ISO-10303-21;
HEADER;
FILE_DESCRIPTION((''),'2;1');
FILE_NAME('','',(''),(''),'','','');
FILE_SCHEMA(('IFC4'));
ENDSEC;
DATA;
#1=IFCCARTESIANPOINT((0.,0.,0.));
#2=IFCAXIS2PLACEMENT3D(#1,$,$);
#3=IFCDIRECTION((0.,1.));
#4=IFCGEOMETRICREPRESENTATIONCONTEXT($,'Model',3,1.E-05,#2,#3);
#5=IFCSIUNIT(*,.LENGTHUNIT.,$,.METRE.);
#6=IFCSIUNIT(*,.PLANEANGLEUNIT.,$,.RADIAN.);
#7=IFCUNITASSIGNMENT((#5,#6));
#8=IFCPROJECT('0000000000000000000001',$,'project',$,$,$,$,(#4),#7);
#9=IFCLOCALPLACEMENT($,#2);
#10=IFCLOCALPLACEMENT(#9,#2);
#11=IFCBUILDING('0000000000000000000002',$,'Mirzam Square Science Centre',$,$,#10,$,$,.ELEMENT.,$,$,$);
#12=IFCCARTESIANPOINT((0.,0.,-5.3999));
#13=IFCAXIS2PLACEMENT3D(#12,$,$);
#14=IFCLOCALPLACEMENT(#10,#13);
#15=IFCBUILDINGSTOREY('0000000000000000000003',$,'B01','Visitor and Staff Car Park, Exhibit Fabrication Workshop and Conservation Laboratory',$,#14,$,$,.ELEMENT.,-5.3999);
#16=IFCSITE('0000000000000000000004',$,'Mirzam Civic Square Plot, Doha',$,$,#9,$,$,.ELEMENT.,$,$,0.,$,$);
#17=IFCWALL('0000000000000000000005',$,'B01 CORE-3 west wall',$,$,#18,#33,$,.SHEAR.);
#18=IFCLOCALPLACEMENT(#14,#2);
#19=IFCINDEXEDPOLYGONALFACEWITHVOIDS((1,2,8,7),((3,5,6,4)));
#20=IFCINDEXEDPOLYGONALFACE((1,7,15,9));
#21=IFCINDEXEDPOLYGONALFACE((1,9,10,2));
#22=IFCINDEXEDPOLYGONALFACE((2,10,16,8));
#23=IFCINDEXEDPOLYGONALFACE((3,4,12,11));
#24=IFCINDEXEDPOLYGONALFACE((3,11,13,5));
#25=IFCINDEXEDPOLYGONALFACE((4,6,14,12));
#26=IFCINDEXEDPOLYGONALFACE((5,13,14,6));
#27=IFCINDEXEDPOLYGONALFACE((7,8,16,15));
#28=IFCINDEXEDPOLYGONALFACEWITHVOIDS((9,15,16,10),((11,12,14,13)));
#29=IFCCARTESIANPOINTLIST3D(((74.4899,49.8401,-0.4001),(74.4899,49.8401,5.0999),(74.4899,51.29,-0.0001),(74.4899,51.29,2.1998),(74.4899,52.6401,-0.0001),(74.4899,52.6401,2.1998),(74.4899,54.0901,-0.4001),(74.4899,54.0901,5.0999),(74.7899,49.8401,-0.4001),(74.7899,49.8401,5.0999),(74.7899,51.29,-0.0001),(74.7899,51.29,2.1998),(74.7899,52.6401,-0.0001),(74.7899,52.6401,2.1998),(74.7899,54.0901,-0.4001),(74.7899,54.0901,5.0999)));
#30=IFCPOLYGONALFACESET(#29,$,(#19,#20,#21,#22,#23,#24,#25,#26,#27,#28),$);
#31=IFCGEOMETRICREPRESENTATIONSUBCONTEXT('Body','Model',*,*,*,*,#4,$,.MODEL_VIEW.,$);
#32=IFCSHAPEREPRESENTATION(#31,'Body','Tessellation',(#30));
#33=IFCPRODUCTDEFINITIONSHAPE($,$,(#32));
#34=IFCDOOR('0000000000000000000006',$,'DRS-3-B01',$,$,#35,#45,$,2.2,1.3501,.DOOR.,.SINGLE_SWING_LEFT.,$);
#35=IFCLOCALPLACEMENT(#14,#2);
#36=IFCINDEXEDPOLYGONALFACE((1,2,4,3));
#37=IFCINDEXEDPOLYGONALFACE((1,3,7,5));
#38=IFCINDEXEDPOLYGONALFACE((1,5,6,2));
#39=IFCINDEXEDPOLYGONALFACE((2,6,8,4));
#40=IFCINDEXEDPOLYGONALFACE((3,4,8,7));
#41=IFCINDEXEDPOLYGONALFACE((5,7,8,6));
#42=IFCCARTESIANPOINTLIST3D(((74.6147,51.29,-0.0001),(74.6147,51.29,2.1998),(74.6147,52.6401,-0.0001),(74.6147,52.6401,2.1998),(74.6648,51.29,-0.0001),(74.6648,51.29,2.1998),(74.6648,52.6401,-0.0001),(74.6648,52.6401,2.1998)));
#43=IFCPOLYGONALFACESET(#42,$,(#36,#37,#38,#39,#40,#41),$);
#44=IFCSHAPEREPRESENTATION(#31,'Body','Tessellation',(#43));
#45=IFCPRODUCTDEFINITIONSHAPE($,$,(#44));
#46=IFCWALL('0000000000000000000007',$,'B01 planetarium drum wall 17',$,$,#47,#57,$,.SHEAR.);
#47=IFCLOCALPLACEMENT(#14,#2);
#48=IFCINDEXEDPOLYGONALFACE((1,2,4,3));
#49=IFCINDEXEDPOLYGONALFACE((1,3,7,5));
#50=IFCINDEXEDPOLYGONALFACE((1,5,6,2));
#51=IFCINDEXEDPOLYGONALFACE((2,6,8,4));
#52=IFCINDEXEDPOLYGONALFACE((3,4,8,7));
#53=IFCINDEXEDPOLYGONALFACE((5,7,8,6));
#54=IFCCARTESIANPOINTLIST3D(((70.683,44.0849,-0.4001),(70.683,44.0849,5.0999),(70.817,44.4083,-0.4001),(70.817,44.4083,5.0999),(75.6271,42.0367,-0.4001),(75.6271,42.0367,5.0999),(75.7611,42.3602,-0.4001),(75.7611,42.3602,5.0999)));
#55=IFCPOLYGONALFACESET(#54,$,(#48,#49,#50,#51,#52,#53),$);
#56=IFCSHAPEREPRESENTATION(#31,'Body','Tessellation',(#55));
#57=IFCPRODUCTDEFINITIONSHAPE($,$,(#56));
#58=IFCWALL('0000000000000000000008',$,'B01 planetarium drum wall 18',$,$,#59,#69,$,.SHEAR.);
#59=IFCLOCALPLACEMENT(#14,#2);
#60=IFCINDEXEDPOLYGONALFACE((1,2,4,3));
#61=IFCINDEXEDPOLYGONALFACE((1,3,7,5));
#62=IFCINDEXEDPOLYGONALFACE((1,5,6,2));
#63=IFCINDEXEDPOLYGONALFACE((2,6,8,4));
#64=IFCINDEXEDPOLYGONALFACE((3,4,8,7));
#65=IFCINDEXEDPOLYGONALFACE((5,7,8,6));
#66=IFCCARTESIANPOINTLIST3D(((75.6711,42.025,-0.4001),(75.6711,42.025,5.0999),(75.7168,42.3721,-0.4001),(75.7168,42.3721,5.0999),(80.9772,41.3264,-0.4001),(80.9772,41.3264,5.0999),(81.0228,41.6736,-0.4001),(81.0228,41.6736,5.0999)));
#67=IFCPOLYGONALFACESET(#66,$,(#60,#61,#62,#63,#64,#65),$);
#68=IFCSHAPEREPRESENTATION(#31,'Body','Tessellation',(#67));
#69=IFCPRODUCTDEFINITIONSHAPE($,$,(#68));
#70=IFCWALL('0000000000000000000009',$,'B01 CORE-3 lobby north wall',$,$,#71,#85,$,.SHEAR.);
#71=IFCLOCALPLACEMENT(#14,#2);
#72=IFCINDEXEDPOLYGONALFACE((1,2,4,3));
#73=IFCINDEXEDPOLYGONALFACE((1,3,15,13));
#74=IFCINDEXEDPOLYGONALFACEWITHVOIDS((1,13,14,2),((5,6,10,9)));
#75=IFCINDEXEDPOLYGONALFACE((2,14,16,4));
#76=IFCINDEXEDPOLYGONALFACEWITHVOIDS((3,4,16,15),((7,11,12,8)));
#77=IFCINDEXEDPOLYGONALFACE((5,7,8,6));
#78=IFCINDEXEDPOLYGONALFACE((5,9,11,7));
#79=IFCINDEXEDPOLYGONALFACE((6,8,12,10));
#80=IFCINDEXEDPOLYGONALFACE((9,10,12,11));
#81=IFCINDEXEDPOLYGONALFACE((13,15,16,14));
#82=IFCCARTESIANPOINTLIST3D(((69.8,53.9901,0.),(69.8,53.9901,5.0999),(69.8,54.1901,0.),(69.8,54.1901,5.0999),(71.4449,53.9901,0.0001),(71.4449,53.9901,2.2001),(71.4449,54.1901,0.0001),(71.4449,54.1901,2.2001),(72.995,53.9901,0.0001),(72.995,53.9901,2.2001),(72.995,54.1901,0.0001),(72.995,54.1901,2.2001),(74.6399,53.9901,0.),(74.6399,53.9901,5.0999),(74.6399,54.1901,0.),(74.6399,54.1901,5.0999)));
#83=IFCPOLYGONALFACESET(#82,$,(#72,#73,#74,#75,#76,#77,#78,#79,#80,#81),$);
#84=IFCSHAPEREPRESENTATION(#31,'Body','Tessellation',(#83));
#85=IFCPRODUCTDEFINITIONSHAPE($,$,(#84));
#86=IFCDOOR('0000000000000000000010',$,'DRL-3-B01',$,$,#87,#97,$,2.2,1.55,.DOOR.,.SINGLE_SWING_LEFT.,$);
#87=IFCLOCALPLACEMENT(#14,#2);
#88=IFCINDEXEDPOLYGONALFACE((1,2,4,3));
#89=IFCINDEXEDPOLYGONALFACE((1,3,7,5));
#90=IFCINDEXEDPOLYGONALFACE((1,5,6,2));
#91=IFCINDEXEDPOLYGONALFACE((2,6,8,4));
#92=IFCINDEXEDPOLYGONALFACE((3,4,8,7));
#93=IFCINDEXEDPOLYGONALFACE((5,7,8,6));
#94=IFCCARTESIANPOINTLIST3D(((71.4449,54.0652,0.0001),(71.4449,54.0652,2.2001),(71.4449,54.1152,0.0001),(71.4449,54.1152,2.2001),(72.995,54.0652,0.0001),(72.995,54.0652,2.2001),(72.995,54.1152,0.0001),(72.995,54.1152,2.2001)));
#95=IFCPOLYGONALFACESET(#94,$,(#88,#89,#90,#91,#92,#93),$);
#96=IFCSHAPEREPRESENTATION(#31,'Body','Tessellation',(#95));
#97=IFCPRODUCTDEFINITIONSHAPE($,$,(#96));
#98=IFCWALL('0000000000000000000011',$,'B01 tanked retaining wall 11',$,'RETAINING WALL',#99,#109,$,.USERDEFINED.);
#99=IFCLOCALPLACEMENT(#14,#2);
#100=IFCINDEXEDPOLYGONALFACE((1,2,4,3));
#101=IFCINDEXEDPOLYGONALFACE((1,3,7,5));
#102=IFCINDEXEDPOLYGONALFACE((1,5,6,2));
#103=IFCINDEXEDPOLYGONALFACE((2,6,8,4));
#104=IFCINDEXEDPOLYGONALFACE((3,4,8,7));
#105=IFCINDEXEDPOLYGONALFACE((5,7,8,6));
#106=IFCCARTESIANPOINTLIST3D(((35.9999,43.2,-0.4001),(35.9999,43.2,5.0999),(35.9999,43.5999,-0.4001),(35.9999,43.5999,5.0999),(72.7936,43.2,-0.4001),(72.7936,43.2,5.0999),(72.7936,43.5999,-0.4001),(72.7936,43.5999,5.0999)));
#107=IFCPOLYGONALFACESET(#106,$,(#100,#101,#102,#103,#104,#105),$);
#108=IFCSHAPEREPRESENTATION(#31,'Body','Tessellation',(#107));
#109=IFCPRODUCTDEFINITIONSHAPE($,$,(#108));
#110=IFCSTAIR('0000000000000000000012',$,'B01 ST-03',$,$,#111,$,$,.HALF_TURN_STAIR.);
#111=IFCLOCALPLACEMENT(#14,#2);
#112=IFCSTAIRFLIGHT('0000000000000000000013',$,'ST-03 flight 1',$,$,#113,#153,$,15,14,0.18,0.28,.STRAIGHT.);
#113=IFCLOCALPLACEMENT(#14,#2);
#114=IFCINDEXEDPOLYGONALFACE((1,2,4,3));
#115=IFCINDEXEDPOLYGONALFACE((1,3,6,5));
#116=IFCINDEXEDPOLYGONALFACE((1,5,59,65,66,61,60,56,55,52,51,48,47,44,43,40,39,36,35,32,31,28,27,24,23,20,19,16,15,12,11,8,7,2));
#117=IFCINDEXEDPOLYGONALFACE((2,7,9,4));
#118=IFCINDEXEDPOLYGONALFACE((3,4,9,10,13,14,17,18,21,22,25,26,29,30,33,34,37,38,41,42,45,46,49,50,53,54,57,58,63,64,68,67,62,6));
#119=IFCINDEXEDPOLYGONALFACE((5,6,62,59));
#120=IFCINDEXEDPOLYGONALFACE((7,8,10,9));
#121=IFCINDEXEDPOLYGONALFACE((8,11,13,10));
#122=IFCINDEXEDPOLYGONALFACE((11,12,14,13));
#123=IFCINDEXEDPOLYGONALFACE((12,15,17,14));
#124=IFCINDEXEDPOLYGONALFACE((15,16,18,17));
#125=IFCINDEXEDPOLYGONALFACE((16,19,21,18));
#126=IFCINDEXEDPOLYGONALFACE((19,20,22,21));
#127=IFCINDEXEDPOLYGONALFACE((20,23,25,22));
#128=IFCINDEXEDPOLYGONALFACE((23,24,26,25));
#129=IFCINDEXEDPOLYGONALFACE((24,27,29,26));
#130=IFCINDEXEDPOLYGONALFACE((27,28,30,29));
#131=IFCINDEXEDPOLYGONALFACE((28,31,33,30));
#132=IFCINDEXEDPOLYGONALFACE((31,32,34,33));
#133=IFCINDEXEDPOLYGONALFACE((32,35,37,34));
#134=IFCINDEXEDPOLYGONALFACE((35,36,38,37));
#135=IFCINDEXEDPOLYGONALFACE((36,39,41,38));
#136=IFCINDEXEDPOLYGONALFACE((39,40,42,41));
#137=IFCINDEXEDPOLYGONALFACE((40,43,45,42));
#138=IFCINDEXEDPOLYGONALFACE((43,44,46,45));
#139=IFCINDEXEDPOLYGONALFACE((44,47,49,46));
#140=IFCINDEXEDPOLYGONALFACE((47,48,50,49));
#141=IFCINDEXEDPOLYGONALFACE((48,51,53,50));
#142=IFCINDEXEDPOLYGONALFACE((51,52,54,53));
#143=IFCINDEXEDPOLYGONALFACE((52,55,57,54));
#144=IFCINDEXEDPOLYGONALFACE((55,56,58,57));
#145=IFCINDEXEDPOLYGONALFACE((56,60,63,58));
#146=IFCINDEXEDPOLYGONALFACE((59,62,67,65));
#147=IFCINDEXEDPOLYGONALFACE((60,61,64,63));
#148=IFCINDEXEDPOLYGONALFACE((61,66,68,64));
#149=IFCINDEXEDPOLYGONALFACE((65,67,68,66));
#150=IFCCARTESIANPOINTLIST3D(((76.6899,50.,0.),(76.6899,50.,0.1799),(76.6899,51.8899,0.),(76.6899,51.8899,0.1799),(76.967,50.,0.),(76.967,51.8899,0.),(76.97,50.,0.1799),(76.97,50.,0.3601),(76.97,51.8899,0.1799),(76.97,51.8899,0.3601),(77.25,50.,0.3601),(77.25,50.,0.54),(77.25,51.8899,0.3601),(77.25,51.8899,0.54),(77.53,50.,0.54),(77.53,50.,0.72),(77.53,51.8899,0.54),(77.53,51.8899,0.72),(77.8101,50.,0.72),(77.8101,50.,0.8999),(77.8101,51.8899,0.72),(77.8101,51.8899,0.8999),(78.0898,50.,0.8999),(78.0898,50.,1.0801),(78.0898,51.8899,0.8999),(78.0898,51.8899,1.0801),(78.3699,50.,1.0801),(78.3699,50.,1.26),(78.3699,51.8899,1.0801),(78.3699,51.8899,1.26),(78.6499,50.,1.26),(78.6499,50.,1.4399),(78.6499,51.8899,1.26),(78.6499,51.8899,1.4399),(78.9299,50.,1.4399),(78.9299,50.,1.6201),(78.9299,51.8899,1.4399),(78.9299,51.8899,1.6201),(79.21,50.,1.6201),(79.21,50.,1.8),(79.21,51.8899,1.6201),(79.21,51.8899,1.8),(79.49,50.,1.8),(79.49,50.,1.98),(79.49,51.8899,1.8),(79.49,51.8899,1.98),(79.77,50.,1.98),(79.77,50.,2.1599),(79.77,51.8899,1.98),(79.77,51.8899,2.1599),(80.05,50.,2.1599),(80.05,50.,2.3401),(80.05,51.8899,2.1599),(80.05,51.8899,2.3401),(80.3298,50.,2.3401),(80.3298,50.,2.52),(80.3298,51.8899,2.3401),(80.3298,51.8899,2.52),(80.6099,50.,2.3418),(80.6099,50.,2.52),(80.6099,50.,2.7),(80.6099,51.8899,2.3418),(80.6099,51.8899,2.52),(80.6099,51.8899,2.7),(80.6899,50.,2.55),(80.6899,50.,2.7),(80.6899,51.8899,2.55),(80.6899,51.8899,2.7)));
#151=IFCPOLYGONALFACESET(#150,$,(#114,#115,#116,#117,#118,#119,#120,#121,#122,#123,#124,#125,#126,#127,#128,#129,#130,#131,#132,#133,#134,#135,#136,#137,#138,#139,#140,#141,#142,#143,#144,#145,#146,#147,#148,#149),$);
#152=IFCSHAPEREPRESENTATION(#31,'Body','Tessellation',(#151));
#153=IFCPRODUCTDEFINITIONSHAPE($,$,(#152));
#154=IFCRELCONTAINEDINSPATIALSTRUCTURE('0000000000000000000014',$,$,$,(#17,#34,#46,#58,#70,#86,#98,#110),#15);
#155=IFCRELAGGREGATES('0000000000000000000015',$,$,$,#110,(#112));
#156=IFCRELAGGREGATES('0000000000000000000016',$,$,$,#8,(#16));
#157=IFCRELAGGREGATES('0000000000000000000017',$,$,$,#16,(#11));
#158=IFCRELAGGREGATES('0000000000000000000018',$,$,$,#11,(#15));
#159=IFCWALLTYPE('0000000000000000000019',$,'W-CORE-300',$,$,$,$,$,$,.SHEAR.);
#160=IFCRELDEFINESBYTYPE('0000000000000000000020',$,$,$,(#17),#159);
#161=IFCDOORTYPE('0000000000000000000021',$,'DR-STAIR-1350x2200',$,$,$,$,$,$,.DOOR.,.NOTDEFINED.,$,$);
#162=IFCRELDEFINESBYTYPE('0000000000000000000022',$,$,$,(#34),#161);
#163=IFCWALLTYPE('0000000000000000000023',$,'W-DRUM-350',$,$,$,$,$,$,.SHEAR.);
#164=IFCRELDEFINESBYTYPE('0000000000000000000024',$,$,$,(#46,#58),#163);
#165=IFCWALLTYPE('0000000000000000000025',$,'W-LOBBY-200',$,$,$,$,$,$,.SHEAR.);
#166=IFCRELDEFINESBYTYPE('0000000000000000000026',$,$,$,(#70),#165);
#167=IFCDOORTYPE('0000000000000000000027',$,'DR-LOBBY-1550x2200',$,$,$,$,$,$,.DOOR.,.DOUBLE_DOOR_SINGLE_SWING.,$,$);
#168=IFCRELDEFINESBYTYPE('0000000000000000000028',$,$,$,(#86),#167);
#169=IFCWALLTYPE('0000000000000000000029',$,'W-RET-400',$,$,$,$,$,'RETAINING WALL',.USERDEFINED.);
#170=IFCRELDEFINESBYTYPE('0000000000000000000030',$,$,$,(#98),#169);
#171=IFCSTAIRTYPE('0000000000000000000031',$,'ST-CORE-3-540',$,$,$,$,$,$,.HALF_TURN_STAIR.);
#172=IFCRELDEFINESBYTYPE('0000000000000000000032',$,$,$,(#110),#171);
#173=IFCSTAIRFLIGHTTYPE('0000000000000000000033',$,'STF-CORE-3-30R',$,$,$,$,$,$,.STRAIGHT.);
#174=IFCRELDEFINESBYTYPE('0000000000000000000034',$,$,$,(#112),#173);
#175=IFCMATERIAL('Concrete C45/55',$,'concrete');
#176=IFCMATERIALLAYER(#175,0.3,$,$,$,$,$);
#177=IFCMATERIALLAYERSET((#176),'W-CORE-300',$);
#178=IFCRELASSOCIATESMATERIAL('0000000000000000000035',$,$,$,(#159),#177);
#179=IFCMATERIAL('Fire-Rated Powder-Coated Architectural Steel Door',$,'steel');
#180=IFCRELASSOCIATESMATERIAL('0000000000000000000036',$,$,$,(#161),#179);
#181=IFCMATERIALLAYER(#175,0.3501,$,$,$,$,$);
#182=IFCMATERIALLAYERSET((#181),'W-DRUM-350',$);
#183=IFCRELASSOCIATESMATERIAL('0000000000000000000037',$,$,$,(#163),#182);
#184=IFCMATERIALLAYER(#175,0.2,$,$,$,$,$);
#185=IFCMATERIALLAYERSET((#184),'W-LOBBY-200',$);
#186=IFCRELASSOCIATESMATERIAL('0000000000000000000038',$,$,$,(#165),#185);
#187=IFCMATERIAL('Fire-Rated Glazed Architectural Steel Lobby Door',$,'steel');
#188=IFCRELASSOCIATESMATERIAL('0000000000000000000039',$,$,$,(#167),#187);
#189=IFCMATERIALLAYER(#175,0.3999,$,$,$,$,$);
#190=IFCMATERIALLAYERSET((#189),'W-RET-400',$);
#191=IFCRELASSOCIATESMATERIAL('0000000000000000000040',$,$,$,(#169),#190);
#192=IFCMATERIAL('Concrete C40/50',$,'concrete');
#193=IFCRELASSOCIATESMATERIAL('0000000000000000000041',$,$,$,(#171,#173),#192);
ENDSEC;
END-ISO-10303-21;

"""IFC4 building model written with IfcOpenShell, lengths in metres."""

from ifc_helpers import new_model, si_unit, direction, frame, frame_2d, origin, place, context, subcontext, project, spatial, polyline, rectangle, outline, extrude, material, layer, layer_set, type_object, element, fill, aggregate, save


model = new_model("IFC4")

# Units and contexts
model_context = context("Model", 3, precision=1e-05, world=origin(), true_north=direction((0.0, 1.0)))
body_context = subcontext(model_context, "Body", "Model", "MODEL_VIEW")
ifc_project = project(units=[si_unit("LENGTHUNIT", "METRE"), si_unit("PLANEANGLEUNIT", "RADIAN")], contexts=[model_context])

# Site, building, storey
site_placement = place(None, origin())
site = spatial("IfcSite", under=ifc_project, at=site_placement, Name="Mirzam Civic Square Plot, Doha", CompositionType="ELEMENT", RefElevation=0.0)
building_placement = place(site_placement, origin())
building = spatial("IfcBuilding", under=site, at=building_placement, Name="Mirzam Square Science Centre", CompositionType="ELEMENT")
storey_placement = place(building_placement, frame((0.0, 0.0, -5.3999)))
storey = spatial("IfcBuildingStorey", under=building, at=storey_placement, Name="B01", Description="Visitor and Staff Car Park, Exhibit Fabrication Workshop and Conservation Laboratory", CompositionType="ELEMENT", Elevation=-5.3999)

# Shared definitions
ifc_material_1 = material(Name="Concrete C45/55", Category="concrete")

# Shared definitions
ifc_layer_1 = layer(ifc_material_1, 0.3)
ifc_layer_set_1 = layer_set([ifc_layer_1], Name="W-CORE-300")
wall_type_1 = type_object("IfcWallType", Name="W-CORE-300", PredefinedType="SHEAR", material=ifc_layer_set_1)

# Wall, opening, door
wall_1_placement = place(storey_placement, frame((74.6399, 54.0901, -0.4001), z_axis=(0.0, 0.0, 1.0), x_axis=(0.0, -1.0, 0.0)))
wall_1 = element("IfcWall", 1, at=wall_1_placement, inside=storey, type_object=wall_type_1, Name="B01 CORE-3 west wall", PredefinedType="SHEAR", context=body_context, shape_type="SweptSolid", body=[
    extrude(rectangle(XDim=4.25, YDim=0.3, at=frame_2d((2.125, 0.0))), origin(), (0.0, 0.0, 1.0), 5.5),
])
opening_1_placement = place(wall_1_placement, frame((1.45, 0.0, 0.3999)))
opening_1 = element("IfcOpeningElement", 2, at=opening_1_placement, cuts=wall_1, PredefinedType="OPENING", context=body_context, shape_type="SweptSolid", body=[
    extrude(rectangle(XDim=1.3501, YDim=2.2, at=frame_2d((0.675, 1.1001))), frame((0.0, 0.1599, 0.0), z_axis=(0.0, -1.0, 0.0), x_axis=(1.0, 0.0, 0.0)), (0.0, 0.0, 1.0), 0.3201),
])
ifc_material_2 = material(Name="Fire-Rated Powder-Coated Architectural Steel Door", Category="steel")
door_type_1 = type_object("IfcDoorType", Name="DR-STAIR-1350x2200", OperationType="NOTDEFINED", PredefinedType="DOOR", material=ifc_material_2)
door_1_placement = place(opening_1_placement, origin())
door_1 = element("IfcDoor", 3, at=door_1_placement, inside=storey, type_object=door_type_1, Name="DRS-3-B01", OperationType="SINGLE_SWING_LEFT", OverallHeight=2.2, OverallWidth=1.3501, PredefinedType="DOOR", context=body_context, shape_type="SweptSolid", body=[
    extrude(rectangle(XDim=1.3501, YDim=2.2, at=frame_2d((0.675, 1.1001))), frame((0.0, 0.0249, 0.0), z_axis=(0.0, -1.0, 0.0), x_axis=(1.0, 0.0, 0.0)), (0.0, 0.0, 1.0), 0.05),
])
fill(opening_1, door_1)

# Walls
ifc_layer_2 = layer(ifc_material_1, 0.3501)
ifc_layer_set_2 = layer_set([ifc_layer_2], Name="W-DRUM-350")
wall_type_2 = type_object("IfcWallType", Name="W-DRUM-350", PredefinedType="SHEAR", material=ifc_layer_set_2)
wall_2_placement = place(storey_placement, frame((70.75, 44.2466, -0.4001), z_axis=(0.0, 0.0, 1.0), x_axis=(0.923867, -0.382713, 0.0)))
element("IfcWall", 4, at=wall_2_placement, inside=storey, type_object=wall_type_2, Name="B01 planetarium drum wall 17", PredefinedType="SHEAR", context=body_context, shape_type="SweptSolid", body=[
    extrude(rectangle(XDim=5.3516, YDim=0.3501, at=frame_2d((2.6758, 0.0))), origin(), (0.0, 0.0, 1.0), 5.5),
])
wall_3_placement = place(storey_placement, frame((75.6941, 42.1985, -0.4001), z_axis=(0.0, 0.0, 1.0), x_axis=(0.991446, -0.130517, 0.0)))
element("IfcWall", 5, at=wall_3_placement, inside=storey, type_object=wall_type_2, Name="B01 planetarium drum wall 18", PredefinedType="SHEAR", context=body_context, shape_type="SweptSolid", body=[
    extrude(rectangle(XDim=5.3518, YDim=0.3501, at=frame_2d((2.6758, 0.0))), origin(), (0.0, 0.0, 1.0), 5.5),
])

# Wall, opening, door
ifc_layer_3 = layer(ifc_material_1, 0.2)
ifc_layer_set_3 = layer_set([ifc_layer_3], Name="W-LOBBY-200")
wall_type_3 = type_object("IfcWallType", Name="W-LOBBY-200", PredefinedType="SHEAR", material=ifc_layer_set_3)
wall_4_placement = place(storey_placement, frame((74.6399, 54.0901, 0.0), z_axis=(0.0, 0.0, 1.0), x_axis=(-1.0, 0.0, 0.0)))
wall_4 = element("IfcWall", 6, at=wall_4_placement, inside=storey, type_object=wall_type_3, Name="B01 CORE-3 lobby north wall", PredefinedType="SHEAR", context=body_context, shape_type="SweptSolid", body=[
    extrude(rectangle(XDim=4.8398, YDim=0.2, at=frame_2d((2.4199, 0.0))), origin(), (0.0, 0.0, 1.0), 5.0999),
])
opening_2_placement = place(wall_4_placement, frame((1.645, 0.0, 0.0)))
opening_2 = element("IfcOpeningElement", 7, at=opening_2_placement, cuts=wall_4, PredefinedType="OPENING", context=body_context, shape_type="SweptSolid", body=[
    extrude(rectangle(XDim=1.55, YDim=2.2, at=frame_2d((0.7749, 1.1001))), frame((0.0, 0.1099, 0.0), z_axis=(0.0, -1.0, 0.0), x_axis=(1.0, 0.0, 0.0)), (0.0, 0.0, 1.0), 0.22),
])
ifc_material_3 = material(Name="Fire-Rated Glazed Architectural Steel Lobby Door", Category="steel")
door_type_2 = type_object("IfcDoorType", Name="DR-LOBBY-1550x2200", OperationType="DOUBLE_DOOR_SINGLE_SWING", PredefinedType="DOOR", material=ifc_material_3)
door_2_placement = place(opening_2_placement, origin())
door_2 = element("IfcDoor", 8, at=door_2_placement, inside=storey, type_object=door_type_2, Name="DRL-3-B01", OperationType="SINGLE_SWING_LEFT", OverallHeight=2.2, OverallWidth=1.55, PredefinedType="DOOR", context=body_context, shape_type="SweptSolid", body=[
    extrude(rectangle(XDim=1.55, YDim=2.2, at=frame_2d((0.7749, 1.1001))), frame((0.0, 0.0249, 0.0), z_axis=(0.0, -1.0, 0.0), x_axis=(1.0, 0.0, 0.0)), (0.0, 0.0, 1.0), 0.05),
])
fill(opening_2, door_2)

# Wall
ifc_layer_4 = layer(ifc_material_1, 0.3999)
ifc_layer_set_4 = layer_set([ifc_layer_4], Name="W-RET-400")
wall_type_4 = type_object("IfcWallType", Name="W-RET-400", ElementType="RETAINING WALL", PredefinedType="USERDEFINED", material=ifc_layer_set_4)
wall_5_placement = place(storey_placement, frame((72.7937, 43.3999, -0.4001), z_axis=(0.0, 0.0, 1.0), x_axis=(-1.0, 0.0, 0.0)))
element("IfcWall", 9, at=wall_5_placement, inside=storey, type_object=wall_type_4, Name="B01 tanked retaining wall 11", ObjectType="RETAINING WALL", PredefinedType="USERDEFINED", context=body_context, shape_type="SweptSolid", body=[
    extrude(rectangle(XDim=36.7937, YDim=0.3999, at=frame_2d((18.397, 0.0))), origin(), (0.0, 0.0, 1.0), 5.5),
])

# Stair, stair flight
ifc_material_4 = material(Name="Concrete C40/50", Category="concrete")
stair_type = type_object("IfcStairType", Name="ST-CORE-3-540", PredefinedType="HALF_TURN_STAIR", material=ifc_material_4)
stair_placement = place(storey_placement, origin())
stair = element("IfcStair", 10, at=stair_placement, inside=storey, type_object=stair_type, Name="B01 ST-03", PredefinedType="HALF_TURN_STAIR")
stair_flight_type = type_object("IfcStairFlightType", Name="STF-CORE-3-30R", PredefinedType="STRAIGHT", material=ifc_material_4)
stair_flight_placement = place(storey_placement, frame((76.6899, 50.9451, 0.0), z_axis=(0.0, 0.0, 1.0), x_axis=(1.0, 0.0, 0.0)))
stair_flight = element("IfcStairFlight", 11, at=stair_flight_placement, type_object=stair_flight_type, Name="ST-03 flight 1", NumberOfRisers=15, NumberOfTreads=14, PredefinedType="STRAIGHT", RiserHeight=0.18, TreadLength=0.28, context=body_context, shape_type="SweptSolid", body=[
    extrude(outline(polyline([(0.0, 0.0), (0.0, 0.1799), (0.28, 0.1799), (0.28, 0.3601), (0.5601, 0.3601), (0.5601, 0.54), (0.8401, 0.54), (0.8401, 0.72), (1.1201, 0.72), (1.1201, 0.8999), (1.3999, 0.8999), (1.3999, 1.0801), (1.6799, 1.0801), (1.6799, 1.26), (1.96, 1.26), (1.96, 1.4399), (2.24, 1.4399), (2.24, 1.6201), (2.52, 1.6201), (2.52, 1.8), (2.8, 1.8), (2.8, 1.98), (3.0801, 1.98), (3.0801, 2.1599), (3.3601, 2.1599), (3.3601, 2.3401), (3.6399, 2.3401), (3.6399, 2.52), (3.9199, 2.52), (3.9199, 2.7), (4.0, 2.7), (4.0, 2.55), (3.9199, 2.3418), (0.2771, 0.0), (0.0, 0.0)])), frame((0.0, 0.9448, 0.0), z_axis=(0.0, -1.0, 0.0), x_axis=(1.0, 0.0, 0.0)), (0.0, 0.0, 1.0), 1.8899),
])
aggregate(stair, [stair_flight])

save(model, "model.ifc")
